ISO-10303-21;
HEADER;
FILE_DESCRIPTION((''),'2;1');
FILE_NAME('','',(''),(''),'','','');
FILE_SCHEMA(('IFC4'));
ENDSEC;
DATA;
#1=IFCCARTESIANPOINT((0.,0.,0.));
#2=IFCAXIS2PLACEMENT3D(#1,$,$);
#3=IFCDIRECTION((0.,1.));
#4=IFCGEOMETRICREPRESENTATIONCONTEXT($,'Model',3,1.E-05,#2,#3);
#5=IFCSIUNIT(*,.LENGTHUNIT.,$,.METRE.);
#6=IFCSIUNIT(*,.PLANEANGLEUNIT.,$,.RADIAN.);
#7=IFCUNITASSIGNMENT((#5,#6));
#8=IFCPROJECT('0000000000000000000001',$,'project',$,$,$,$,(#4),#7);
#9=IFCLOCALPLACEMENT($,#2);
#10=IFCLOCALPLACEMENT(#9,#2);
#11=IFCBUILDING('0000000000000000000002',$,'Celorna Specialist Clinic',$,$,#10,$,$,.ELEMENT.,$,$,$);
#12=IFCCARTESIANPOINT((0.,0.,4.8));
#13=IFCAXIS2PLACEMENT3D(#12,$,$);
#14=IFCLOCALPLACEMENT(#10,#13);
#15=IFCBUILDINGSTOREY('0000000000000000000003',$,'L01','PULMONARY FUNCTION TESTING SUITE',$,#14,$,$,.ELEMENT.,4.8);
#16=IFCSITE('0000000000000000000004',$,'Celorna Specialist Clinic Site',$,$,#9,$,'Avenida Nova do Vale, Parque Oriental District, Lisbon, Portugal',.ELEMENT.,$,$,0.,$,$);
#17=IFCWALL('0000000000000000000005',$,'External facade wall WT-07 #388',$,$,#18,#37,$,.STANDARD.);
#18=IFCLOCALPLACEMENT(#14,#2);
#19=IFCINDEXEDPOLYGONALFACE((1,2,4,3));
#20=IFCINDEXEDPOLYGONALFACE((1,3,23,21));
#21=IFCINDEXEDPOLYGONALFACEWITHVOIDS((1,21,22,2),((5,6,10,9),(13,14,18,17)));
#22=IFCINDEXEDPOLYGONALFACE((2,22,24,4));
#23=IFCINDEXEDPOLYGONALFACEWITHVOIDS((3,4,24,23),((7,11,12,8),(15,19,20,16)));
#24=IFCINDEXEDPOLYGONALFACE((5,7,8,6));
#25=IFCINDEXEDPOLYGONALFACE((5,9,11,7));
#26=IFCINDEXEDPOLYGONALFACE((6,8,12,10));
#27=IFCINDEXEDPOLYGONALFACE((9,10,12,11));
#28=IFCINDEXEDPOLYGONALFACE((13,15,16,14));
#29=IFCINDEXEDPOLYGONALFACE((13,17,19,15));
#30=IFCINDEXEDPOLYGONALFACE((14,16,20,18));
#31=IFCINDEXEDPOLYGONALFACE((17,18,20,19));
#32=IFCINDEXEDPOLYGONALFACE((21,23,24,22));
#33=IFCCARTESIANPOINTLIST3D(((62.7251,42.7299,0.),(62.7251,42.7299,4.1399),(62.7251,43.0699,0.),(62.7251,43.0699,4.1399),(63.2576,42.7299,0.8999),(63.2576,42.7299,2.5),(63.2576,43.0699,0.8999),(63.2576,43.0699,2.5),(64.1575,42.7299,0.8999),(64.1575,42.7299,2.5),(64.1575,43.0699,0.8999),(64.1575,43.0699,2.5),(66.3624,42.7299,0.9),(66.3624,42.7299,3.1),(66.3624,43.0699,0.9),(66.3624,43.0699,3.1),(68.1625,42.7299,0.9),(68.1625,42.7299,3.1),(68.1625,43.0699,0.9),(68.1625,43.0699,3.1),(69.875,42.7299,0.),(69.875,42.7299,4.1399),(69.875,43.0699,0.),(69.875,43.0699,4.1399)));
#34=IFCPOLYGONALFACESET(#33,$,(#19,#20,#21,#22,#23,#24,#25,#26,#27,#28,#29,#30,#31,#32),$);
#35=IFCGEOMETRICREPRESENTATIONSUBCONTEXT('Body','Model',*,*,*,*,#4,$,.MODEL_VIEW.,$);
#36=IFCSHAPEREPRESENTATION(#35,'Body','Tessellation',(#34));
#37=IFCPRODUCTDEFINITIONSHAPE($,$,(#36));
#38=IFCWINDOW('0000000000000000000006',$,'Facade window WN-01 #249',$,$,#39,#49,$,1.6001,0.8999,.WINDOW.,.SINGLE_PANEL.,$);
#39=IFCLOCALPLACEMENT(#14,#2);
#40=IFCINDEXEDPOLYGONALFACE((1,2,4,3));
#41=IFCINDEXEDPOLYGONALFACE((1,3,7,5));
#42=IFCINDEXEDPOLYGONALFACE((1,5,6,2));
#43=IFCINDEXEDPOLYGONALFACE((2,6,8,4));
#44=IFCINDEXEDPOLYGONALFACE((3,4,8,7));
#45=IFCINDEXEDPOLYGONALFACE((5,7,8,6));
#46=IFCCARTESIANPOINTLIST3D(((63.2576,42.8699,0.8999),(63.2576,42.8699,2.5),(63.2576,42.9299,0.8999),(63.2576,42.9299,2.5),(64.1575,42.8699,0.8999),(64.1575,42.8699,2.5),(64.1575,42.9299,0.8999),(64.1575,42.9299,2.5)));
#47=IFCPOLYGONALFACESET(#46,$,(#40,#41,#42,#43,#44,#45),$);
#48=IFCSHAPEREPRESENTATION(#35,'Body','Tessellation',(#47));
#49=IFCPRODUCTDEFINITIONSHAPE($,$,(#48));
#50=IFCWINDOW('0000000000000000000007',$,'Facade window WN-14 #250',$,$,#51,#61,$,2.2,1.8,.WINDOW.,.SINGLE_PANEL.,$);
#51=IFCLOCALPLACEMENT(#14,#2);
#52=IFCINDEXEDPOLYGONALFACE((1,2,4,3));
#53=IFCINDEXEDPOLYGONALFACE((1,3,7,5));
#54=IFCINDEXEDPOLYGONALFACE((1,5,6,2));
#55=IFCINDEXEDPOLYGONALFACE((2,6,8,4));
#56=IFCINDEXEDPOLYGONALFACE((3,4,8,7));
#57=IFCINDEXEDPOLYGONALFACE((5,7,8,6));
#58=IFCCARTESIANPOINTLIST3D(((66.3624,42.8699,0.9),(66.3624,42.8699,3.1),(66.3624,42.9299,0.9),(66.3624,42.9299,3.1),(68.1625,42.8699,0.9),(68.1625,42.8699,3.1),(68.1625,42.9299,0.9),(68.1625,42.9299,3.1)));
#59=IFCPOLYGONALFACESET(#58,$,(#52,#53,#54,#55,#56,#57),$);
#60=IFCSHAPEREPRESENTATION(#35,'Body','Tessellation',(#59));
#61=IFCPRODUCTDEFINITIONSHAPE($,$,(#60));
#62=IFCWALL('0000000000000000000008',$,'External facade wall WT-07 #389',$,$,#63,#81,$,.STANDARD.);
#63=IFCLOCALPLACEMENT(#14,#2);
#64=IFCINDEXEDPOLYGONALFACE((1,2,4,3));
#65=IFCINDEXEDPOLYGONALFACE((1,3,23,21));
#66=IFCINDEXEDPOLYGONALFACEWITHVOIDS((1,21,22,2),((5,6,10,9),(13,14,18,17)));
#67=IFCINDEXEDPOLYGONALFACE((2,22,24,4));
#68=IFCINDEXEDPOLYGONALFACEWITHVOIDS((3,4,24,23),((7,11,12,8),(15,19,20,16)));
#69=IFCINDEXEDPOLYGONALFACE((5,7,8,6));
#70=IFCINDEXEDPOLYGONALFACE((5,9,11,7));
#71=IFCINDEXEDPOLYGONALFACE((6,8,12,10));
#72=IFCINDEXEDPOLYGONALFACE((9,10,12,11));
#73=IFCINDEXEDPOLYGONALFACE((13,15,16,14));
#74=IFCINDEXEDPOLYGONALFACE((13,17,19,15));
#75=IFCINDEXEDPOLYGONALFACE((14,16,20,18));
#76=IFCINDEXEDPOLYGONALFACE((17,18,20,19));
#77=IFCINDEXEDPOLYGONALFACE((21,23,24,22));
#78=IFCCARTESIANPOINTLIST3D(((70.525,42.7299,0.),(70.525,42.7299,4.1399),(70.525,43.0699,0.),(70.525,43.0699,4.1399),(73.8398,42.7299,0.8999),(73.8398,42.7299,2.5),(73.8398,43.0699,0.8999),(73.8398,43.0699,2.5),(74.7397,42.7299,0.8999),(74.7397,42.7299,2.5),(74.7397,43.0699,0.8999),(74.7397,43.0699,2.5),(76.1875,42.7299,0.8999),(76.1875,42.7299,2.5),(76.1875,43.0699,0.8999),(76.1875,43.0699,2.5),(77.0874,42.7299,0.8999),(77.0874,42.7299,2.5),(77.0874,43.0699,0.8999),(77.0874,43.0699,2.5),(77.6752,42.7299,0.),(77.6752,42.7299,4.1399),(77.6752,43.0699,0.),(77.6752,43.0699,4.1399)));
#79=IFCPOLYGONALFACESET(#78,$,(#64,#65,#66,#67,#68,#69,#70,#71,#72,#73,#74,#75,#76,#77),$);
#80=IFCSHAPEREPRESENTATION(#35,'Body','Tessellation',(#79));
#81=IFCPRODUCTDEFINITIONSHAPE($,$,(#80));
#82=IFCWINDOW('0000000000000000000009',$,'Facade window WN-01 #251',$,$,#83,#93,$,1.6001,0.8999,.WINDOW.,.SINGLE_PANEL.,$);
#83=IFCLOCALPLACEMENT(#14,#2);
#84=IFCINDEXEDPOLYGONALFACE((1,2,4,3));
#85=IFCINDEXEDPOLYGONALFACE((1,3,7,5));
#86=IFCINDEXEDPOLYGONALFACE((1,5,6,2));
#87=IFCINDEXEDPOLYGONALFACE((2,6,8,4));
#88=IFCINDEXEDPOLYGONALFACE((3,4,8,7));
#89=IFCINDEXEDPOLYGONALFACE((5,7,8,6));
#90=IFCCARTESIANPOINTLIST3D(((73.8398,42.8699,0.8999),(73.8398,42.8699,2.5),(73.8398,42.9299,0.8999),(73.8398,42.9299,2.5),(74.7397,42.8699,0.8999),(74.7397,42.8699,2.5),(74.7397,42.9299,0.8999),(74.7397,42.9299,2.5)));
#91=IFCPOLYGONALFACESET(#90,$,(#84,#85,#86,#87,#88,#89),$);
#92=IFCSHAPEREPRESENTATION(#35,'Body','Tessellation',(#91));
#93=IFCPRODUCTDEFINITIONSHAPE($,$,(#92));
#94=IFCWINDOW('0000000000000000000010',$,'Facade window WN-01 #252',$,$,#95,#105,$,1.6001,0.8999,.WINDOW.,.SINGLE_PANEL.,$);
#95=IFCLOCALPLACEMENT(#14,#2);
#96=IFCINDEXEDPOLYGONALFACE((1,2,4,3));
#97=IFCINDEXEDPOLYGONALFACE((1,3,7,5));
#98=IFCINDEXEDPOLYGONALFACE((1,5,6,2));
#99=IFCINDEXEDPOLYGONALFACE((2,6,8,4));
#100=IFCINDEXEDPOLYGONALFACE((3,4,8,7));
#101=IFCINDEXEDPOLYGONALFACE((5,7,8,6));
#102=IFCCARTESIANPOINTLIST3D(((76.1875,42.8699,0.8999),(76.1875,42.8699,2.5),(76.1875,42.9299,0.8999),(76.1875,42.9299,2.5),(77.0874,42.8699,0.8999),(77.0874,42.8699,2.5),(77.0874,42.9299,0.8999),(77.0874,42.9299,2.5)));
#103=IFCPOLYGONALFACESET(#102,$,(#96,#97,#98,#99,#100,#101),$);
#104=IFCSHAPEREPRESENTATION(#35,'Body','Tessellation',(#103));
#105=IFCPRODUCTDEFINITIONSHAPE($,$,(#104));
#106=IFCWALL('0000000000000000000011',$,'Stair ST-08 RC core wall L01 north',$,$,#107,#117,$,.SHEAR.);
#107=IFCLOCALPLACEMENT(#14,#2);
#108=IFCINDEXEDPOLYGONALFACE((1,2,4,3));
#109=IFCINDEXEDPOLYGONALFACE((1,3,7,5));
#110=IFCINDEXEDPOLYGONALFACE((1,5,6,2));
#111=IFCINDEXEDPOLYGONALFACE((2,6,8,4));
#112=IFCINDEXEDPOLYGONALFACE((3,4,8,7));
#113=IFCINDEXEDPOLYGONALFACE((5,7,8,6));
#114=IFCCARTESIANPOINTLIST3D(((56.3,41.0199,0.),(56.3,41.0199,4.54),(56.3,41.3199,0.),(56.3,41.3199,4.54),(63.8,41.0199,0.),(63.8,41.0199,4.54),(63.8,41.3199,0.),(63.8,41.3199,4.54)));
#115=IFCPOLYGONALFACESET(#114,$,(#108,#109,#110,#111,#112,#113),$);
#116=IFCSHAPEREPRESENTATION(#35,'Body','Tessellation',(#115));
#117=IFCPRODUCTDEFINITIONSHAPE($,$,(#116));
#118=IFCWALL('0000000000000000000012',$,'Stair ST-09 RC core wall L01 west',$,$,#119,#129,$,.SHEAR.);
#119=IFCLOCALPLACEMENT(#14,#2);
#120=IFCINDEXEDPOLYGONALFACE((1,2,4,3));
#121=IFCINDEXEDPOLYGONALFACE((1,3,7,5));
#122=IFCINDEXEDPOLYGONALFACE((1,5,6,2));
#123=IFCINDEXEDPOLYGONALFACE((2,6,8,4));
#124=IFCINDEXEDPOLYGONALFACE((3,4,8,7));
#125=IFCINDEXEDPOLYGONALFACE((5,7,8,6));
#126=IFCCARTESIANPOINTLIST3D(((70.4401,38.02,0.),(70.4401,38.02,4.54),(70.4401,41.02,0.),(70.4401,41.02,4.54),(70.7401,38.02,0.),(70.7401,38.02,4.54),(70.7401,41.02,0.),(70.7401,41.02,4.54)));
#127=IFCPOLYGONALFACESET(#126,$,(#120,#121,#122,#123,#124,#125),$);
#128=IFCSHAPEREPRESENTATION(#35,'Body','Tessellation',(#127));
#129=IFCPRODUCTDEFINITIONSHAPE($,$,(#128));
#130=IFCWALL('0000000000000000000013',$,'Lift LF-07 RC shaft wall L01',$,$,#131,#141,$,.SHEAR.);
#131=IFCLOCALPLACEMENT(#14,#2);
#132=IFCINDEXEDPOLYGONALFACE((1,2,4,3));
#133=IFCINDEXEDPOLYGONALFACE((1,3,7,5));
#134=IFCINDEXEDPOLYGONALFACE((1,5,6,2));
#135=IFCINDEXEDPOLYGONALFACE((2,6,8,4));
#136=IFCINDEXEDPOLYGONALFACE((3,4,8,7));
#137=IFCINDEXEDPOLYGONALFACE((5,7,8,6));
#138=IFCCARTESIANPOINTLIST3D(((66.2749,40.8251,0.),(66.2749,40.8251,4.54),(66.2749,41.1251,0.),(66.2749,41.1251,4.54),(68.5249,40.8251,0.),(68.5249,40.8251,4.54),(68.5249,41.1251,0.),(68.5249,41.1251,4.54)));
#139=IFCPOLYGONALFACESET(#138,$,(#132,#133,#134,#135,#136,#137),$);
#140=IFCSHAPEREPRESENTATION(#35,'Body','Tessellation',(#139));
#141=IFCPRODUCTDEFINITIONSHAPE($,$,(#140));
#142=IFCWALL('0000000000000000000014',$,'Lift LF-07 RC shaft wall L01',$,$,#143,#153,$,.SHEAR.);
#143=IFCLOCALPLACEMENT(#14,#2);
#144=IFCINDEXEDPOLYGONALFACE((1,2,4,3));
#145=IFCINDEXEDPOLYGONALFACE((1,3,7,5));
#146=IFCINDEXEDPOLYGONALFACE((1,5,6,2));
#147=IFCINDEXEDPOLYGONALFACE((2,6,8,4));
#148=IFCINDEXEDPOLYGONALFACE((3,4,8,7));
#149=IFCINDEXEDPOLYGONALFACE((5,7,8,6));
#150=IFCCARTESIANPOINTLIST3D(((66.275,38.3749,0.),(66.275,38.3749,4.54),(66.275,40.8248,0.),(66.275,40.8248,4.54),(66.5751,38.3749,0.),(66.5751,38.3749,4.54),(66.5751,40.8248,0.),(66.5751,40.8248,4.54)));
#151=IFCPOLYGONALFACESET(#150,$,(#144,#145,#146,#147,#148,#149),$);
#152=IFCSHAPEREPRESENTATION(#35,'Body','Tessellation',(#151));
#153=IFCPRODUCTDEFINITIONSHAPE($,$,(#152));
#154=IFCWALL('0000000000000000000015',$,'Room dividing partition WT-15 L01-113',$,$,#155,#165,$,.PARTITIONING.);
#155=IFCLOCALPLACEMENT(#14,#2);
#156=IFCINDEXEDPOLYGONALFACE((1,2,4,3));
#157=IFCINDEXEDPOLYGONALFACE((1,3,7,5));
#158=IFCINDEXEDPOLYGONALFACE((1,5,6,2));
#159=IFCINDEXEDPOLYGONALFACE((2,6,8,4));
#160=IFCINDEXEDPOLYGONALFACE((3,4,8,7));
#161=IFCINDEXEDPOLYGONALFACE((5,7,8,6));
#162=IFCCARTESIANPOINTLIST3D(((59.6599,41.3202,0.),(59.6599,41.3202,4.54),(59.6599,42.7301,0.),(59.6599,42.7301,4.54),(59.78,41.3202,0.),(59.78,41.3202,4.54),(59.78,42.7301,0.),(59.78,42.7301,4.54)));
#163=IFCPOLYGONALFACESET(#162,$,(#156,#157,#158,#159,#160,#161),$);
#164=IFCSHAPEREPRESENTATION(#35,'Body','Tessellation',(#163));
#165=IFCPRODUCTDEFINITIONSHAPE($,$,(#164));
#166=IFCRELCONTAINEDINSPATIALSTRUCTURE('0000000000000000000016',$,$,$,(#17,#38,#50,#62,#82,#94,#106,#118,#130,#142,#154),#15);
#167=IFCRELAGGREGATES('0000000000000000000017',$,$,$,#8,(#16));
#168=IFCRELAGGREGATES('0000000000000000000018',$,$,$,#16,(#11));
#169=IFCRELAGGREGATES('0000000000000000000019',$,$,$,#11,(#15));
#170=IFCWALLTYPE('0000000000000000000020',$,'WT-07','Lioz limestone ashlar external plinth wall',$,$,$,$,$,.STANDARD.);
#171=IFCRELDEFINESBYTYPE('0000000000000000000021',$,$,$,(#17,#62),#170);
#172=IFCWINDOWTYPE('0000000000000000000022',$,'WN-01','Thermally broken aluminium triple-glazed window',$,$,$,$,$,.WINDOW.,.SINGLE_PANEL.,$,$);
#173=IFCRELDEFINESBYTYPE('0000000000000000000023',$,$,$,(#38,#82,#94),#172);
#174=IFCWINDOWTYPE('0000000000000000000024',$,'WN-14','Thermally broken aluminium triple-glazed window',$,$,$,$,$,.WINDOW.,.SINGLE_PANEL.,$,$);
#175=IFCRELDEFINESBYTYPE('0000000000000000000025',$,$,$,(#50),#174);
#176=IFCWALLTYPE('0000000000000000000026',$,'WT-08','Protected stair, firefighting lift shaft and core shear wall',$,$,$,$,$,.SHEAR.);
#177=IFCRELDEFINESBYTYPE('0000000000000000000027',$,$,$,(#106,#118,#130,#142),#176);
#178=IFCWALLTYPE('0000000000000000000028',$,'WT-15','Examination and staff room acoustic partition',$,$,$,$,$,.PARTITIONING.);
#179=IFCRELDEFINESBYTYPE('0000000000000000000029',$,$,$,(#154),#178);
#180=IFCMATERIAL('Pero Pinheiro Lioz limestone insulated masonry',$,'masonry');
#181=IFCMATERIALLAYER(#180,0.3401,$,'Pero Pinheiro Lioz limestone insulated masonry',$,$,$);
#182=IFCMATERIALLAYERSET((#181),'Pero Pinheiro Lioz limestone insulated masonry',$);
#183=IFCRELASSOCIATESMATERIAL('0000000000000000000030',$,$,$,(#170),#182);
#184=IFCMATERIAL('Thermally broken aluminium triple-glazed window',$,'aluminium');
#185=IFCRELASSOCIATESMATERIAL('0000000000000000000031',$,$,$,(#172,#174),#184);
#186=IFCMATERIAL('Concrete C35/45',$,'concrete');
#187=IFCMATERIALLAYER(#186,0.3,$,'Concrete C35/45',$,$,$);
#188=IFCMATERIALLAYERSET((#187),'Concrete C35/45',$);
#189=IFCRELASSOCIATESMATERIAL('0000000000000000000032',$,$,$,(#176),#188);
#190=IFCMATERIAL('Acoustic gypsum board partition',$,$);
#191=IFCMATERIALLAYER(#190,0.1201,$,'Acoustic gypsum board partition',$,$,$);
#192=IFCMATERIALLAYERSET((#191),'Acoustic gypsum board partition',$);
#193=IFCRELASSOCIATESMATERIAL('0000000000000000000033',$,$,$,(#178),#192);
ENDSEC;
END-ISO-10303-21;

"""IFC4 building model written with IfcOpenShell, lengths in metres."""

from ifc_helpers import new_model, si_unit, direction, frame, frame_2d, origin, place, context, subcontext, project, spatial, rectangle, extrude, material, layer, layer_set, type_object, element, fill, save


model = new_model("IFC4")

# Units and contexts
model_context = context("Model", 3, precision=1e-05, world=origin(), true_north=direction((0.0, 1.0)))
body_context = subcontext(model_context, "Body", "Model", "MODEL_VIEW")
ifc_project = project(units=[si_unit("LENGTHUNIT", "METRE"), si_unit("PLANEANGLEUNIT", "RADIAN")], contexts=[model_context])

# Site, building, storey
site_placement = place(None, origin())
site = spatial("IfcSite", under=ifc_project, at=site_placement, Name="Celorna Specialist Clinic Site", LongName="Avenida Nova do Vale, Parque Oriental District, Lisbon, Portugal", CompositionType="ELEMENT", RefElevation=0.0)
building_placement = place(site_placement, origin())
building = spatial("IfcBuilding", under=site, at=building_placement, Name="Celorna Specialist Clinic", CompositionType="ELEMENT")
storey_placement = place(building_placement, frame((0.0, 0.0, 4.8)))
storey = spatial("IfcBuildingStorey", under=building, at=storey_placement, Name="L01", Description="PULMONARY FUNCTION TESTING SUITE", CompositionType="ELEMENT", Elevation=4.8)

# Shared definitions
ifc_material_1 = material(Name="Concrete C35/45", Category="concrete")

# Walls, openings, windows
ifc_material_2 = material(Name="Pero Pinheiro Lioz limestone insulated masonry", Category="masonry")
ifc_layer_1 = layer(ifc_material_2, 0.3401, Name="Pero Pinheiro Lioz limestone insulated masonry")
ifc_layer_set_1 = layer_set([ifc_layer_1], Name="Pero Pinheiro Lioz limestone insulated masonry")
wall_type_1 = type_object("IfcWallType", Name="WT-07", Description="Lioz limestone ashlar external plinth wall", PredefinedType="STANDARD", material=ifc_layer_set_1)
wall_1_placement = place(storey_placement, frame((62.7251, 42.8999, 0.0), z_axis=(0.0, 0.0, 1.0), x_axis=(1.0, 0.0, 0.0)))
wall_1 = element("IfcWall", 1, at=wall_1_placement, inside=storey, type_object=wall_type_1, Name="External facade wall WT-07 #388", PredefinedType="STANDARD", context=body_context, shape_type="SweptSolid", body=[
    extrude(rectangle(XDim=7.1499, YDim=0.3401, at=frame_2d((3.575, 0.0))), origin(), (0.0, 0.0, 1.0), 4.1399),
])
opening_1_placement = place(wall_1_placement, frame((0.5325, 0.0, 0.8999)))
opening_1 = element("IfcOpeningElement", 2, at=opening_1_placement, cuts=wall_1, PredefinedType="OPENING", context=body_context, shape_type="SweptSolid", body=[
    extrude(rectangle(XDim=0.8999, YDim=1.6001, at=frame_2d((0.45, 0.8))), frame((0.0, 0.1799, 0.0), z_axis=(0.0, -1.0, 0.0), x_axis=(1.0, 0.0, 0.0)), (0.0, 0.0, 1.0), 0.3601),
])
opening_2_placement = place(wall_1_placement, frame((3.6375, 0.0, 0.8999)))
opening_2 = element("IfcOpeningElement", 3, at=opening_2_placement, cuts=wall_1, PredefinedType="OPENING", context=body_context, shape_type="SweptSolid", body=[
    extrude(rectangle(XDim=1.8, YDim=2.2, at=frame_2d((0.8999, 1.1001))), frame((0.0, 0.1799, 0.0), z_axis=(0.0, -1.0, 0.0), x_axis=(1.0, 0.0, 0.0)), (0.0, 0.0, 1.0), 0.3601),
])
ifc_material_3 = material(Name="Thermally broken aluminium triple-glazed window", Category="aluminium")
window_type_1 = type_object("IfcWindowType", Name="WN-01", Description="Thermally broken aluminium triple-glazed window", PartitioningType="SINGLE_PANEL", PredefinedType="WINDOW", material=ifc_material_3)
window_1_placement = place(opening_1_placement, origin())
window_1 = element("IfcWindow", 4, at=window_1_placement, inside=storey, type_object=window_type_1, Name="Facade window WN-01 #249", OverallHeight=1.6001, OverallWidth=0.8999, PartitioningType="SINGLE_PANEL", PredefinedType="WINDOW", context=body_context, shape_type="SweptSolid", body=[
    extrude(rectangle(XDim=0.8999, YDim=1.6001, at=frame_2d((0.45, 0.8))), frame((0.0, 0.03, 0.0), z_axis=(0.0, -1.0, 0.0), x_axis=(1.0, 0.0, 0.0)), (0.0, 0.0, 1.0), 0.0601),
])
fill(opening_1, window_1)
window_type_2 = type_object("IfcWindowType", Name="WN-14", Description="Thermally broken aluminium triple-glazed window", PartitioningType="SINGLE_PANEL", PredefinedType="WINDOW", material=ifc_material_3)
window_2_placement = place(opening_2_placement, origin())
window_2 = element("IfcWindow", 5, at=window_2_placement, inside=storey, type_object=window_type_2, Name="Facade window WN-14 #250", OverallHeight=2.2, OverallWidth=1.8, PartitioningType="SINGLE_PANEL", PredefinedType="WINDOW", context=body_context, shape_type="SweptSolid", body=[
    extrude(rectangle(XDim=1.8, YDim=2.2, at=frame_2d((0.8999, 1.1001))), frame((0.0, 0.03, 0.0), z_axis=(0.0, -1.0, 0.0), x_axis=(1.0, 0.0, 0.0)), (0.0, 0.0, 1.0), 0.0601),
])
fill(opening_2, window_2)
wall_2_placement = place(storey_placement, frame((70.5249, 42.8999, 0.0), z_axis=(0.0, 0.0, 1.0), x_axis=(1.0, 0.0, 0.0)))
wall_2 = element("IfcWall", 6, at=wall_2_placement, inside=storey, type_object=wall_type_1, Name="External facade wall WT-07 #389", PredefinedType="STANDARD", context=body_context, shape_type="SweptSolid", body=[
    extrude(rectangle(XDim=7.1501, YDim=0.3401, at=frame_2d((3.5752, 0.0))), origin(), (0.0, 0.0, 1.0), 4.1399),
])
opening_3_placement = place(wall_2_placement, frame((3.3149, 0.0, 0.8999)))
opening_3 = element("IfcOpeningElement", 7, at=opening_3_placement, cuts=wall_2, PredefinedType="OPENING", context=body_context, shape_type="SweptSolid", body=[
    extrude(rectangle(XDim=0.8999, YDim=1.6001, at=frame_2d((0.45, 0.8))), frame((0.0, 0.1799, 0.0), z_axis=(0.0, -1.0, 0.0), x_axis=(1.0, 0.0, 0.0)), (0.0, 0.0, 1.0), 0.3601),
])
opening_4_placement = place(wall_2_placement, frame((5.6626, 0.0, 0.8999)))
opening_4 = element("IfcOpeningElement", 8, at=opening_4_placement, cuts=wall_2, PredefinedType="OPENING", context=body_context, shape_type="SweptSolid", body=[
    extrude(rectangle(XDim=0.8999, YDim=1.6001, at=frame_2d((0.45, 0.8))), frame((0.0, 0.1799, 0.0), z_axis=(0.0, -1.0, 0.0), x_axis=(1.0, 0.0, 0.0)), (0.0, 0.0, 1.0), 0.3601),
])
window_3_placement = place(opening_3_placement, origin())
window_3 = element("IfcWindow", 9, at=window_3_placement, inside=storey, type_object=window_type_1, Name="Facade window WN-01 #251", OverallHeight=1.6001, OverallWidth=0.8999, PartitioningType="SINGLE_PANEL", PredefinedType="WINDOW", context=body_context, shape_type="SweptSolid", body=[
    extrude(rectangle(XDim=0.8999, YDim=1.6001, at=frame_2d((0.45, 0.8))), frame((0.0, 0.03, 0.0), z_axis=(0.0, -1.0, 0.0), x_axis=(1.0, 0.0, 0.0)), (0.0, 0.0, 1.0), 0.0601),
])
fill(opening_3, window_3)
window_4_placement = place(opening_4_placement, origin())
window_4 = element("IfcWindow", 10, at=window_4_placement, inside=storey, type_object=window_type_1, Name="Facade window WN-01 #252", OverallHeight=1.6001, OverallWidth=0.8999, PartitioningType="SINGLE_PANEL", PredefinedType="WINDOW", context=body_context, shape_type="SweptSolid", body=[
    extrude(rectangle(XDim=0.8999, YDim=1.6001, at=frame_2d((0.45, 0.8))), frame((0.0, 0.03, 0.0), z_axis=(0.0, -1.0, 0.0), x_axis=(1.0, 0.0, 0.0)), (0.0, 0.0, 1.0), 0.0601),
])
fill(opening_4, window_4)

# Walls
ifc_layer_2 = layer(ifc_material_1, 0.3, Name="Concrete C35/45")
ifc_layer_set_2 = layer_set([ifc_layer_2], Name="Concrete C35/45")
wall_type_2 = type_object("IfcWallType", Name="WT-08", Description="Protected stair, firefighting lift shaft and core shear wall", PredefinedType="SHEAR", material=ifc_layer_set_2)
wall_3_placement = place(storey_placement, frame((63.8, 41.1699, 0.0), z_axis=(0.0, 0.0, 1.0), x_axis=(-1.0, 0.0, 0.0)))
element("IfcWall", 11, at=wall_3_placement, inside=storey, type_object=wall_type_2, Name="Stair ST-08 RC core wall L01 north", PredefinedType="SHEAR", context=body_context, shape_type="SweptSolid", body=[
    extrude(rectangle(XDim=7.5, YDim=0.3, at=frame_2d((3.75, 0.0))), origin(), (0.0, 0.0, 1.0), 4.54),
])
wall_4_placement = place(storey_placement, frame((70.5901, 41.02, 0.0), z_axis=(0.0, 0.0, 1.0), x_axis=(0.0, -1.0, 0.0)))
element("IfcWall", 12, at=wall_4_placement, inside=storey, type_object=wall_type_2, Name="Stair ST-09 RC core wall L01 west", PredefinedType="SHEAR", context=body_context, shape_type="SweptSolid", body=[
    extrude(rectangle(XDim=3.0, YDim=0.3, at=frame_2d((1.5, 0.0))), origin(), (0.0, 0.0, 1.0), 4.54),
])
wall_5_placement = place(storey_placement, frame((68.5249, 40.9751, 0.0), z_axis=(0.0, 0.0, 1.0), x_axis=(-1.0, 0.0, 0.0)))
element("IfcWall", 13, at=wall_5_placement, inside=storey, type_object=wall_type_2, Name="Lift LF-07 RC shaft wall L01", PredefinedType="SHEAR", context=body_context, shape_type="SweptSolid", body=[
    extrude(rectangle(XDim=2.25, YDim=0.3, at=frame_2d((1.125, 0.0))), origin(), (0.0, 0.0, 1.0), 4.54),
])
wall_6_placement = place(storey_placement, frame((66.425, 40.825, 0.0), z_axis=(0.0, 0.0, 1.0), x_axis=(0.0, -1.0, 0.0)))
element("IfcWall", 14, at=wall_6_placement, inside=storey, type_object=wall_type_2, Name="Lift LF-07 RC shaft wall L01", PredefinedType="SHEAR", context=body_context, shape_type="SweptSolid", body=[
    extrude(rectangle(XDim=2.45, YDim=0.3, at=frame_2d((1.2251, 0.0))), origin(), (0.0, 0.0, 1.0), 4.54),
])
ifc_material_4 = material(Name="Acoustic gypsum board partition")
ifc_layer_3 = layer(ifc_material_4, 0.1201, Name="Acoustic gypsum board partition")
ifc_layer_set_3 = layer_set([ifc_layer_3], Name="Acoustic gypsum board partition")
wall_type_3 = type_object("IfcWallType", Name="WT-15", Description="Examination and staff room acoustic partition", PredefinedType="PARTITIONING", material=ifc_layer_set_3)
wall_7_placement = place(storey_placement, frame((59.72, 41.3201, 0.0), z_axis=(0.0, 0.0, 1.0), x_axis=(0.0, 1.0, 0.0)))
element("IfcWall", 15, at=wall_7_placement, inside=storey, type_object=wall_type_3, Name="Room dividing partition WT-15 L01-113", PredefinedType="PARTITIONING", context=body_context, shape_type="SweptSolid", body=[
    extrude(rectangle(XDim=1.4099, YDim=0.1201, at=frame_2d((0.7051, 0.0))), origin(), (0.0, 0.0, 1.0), 4.54),
])

save(model, "model.ifc")
